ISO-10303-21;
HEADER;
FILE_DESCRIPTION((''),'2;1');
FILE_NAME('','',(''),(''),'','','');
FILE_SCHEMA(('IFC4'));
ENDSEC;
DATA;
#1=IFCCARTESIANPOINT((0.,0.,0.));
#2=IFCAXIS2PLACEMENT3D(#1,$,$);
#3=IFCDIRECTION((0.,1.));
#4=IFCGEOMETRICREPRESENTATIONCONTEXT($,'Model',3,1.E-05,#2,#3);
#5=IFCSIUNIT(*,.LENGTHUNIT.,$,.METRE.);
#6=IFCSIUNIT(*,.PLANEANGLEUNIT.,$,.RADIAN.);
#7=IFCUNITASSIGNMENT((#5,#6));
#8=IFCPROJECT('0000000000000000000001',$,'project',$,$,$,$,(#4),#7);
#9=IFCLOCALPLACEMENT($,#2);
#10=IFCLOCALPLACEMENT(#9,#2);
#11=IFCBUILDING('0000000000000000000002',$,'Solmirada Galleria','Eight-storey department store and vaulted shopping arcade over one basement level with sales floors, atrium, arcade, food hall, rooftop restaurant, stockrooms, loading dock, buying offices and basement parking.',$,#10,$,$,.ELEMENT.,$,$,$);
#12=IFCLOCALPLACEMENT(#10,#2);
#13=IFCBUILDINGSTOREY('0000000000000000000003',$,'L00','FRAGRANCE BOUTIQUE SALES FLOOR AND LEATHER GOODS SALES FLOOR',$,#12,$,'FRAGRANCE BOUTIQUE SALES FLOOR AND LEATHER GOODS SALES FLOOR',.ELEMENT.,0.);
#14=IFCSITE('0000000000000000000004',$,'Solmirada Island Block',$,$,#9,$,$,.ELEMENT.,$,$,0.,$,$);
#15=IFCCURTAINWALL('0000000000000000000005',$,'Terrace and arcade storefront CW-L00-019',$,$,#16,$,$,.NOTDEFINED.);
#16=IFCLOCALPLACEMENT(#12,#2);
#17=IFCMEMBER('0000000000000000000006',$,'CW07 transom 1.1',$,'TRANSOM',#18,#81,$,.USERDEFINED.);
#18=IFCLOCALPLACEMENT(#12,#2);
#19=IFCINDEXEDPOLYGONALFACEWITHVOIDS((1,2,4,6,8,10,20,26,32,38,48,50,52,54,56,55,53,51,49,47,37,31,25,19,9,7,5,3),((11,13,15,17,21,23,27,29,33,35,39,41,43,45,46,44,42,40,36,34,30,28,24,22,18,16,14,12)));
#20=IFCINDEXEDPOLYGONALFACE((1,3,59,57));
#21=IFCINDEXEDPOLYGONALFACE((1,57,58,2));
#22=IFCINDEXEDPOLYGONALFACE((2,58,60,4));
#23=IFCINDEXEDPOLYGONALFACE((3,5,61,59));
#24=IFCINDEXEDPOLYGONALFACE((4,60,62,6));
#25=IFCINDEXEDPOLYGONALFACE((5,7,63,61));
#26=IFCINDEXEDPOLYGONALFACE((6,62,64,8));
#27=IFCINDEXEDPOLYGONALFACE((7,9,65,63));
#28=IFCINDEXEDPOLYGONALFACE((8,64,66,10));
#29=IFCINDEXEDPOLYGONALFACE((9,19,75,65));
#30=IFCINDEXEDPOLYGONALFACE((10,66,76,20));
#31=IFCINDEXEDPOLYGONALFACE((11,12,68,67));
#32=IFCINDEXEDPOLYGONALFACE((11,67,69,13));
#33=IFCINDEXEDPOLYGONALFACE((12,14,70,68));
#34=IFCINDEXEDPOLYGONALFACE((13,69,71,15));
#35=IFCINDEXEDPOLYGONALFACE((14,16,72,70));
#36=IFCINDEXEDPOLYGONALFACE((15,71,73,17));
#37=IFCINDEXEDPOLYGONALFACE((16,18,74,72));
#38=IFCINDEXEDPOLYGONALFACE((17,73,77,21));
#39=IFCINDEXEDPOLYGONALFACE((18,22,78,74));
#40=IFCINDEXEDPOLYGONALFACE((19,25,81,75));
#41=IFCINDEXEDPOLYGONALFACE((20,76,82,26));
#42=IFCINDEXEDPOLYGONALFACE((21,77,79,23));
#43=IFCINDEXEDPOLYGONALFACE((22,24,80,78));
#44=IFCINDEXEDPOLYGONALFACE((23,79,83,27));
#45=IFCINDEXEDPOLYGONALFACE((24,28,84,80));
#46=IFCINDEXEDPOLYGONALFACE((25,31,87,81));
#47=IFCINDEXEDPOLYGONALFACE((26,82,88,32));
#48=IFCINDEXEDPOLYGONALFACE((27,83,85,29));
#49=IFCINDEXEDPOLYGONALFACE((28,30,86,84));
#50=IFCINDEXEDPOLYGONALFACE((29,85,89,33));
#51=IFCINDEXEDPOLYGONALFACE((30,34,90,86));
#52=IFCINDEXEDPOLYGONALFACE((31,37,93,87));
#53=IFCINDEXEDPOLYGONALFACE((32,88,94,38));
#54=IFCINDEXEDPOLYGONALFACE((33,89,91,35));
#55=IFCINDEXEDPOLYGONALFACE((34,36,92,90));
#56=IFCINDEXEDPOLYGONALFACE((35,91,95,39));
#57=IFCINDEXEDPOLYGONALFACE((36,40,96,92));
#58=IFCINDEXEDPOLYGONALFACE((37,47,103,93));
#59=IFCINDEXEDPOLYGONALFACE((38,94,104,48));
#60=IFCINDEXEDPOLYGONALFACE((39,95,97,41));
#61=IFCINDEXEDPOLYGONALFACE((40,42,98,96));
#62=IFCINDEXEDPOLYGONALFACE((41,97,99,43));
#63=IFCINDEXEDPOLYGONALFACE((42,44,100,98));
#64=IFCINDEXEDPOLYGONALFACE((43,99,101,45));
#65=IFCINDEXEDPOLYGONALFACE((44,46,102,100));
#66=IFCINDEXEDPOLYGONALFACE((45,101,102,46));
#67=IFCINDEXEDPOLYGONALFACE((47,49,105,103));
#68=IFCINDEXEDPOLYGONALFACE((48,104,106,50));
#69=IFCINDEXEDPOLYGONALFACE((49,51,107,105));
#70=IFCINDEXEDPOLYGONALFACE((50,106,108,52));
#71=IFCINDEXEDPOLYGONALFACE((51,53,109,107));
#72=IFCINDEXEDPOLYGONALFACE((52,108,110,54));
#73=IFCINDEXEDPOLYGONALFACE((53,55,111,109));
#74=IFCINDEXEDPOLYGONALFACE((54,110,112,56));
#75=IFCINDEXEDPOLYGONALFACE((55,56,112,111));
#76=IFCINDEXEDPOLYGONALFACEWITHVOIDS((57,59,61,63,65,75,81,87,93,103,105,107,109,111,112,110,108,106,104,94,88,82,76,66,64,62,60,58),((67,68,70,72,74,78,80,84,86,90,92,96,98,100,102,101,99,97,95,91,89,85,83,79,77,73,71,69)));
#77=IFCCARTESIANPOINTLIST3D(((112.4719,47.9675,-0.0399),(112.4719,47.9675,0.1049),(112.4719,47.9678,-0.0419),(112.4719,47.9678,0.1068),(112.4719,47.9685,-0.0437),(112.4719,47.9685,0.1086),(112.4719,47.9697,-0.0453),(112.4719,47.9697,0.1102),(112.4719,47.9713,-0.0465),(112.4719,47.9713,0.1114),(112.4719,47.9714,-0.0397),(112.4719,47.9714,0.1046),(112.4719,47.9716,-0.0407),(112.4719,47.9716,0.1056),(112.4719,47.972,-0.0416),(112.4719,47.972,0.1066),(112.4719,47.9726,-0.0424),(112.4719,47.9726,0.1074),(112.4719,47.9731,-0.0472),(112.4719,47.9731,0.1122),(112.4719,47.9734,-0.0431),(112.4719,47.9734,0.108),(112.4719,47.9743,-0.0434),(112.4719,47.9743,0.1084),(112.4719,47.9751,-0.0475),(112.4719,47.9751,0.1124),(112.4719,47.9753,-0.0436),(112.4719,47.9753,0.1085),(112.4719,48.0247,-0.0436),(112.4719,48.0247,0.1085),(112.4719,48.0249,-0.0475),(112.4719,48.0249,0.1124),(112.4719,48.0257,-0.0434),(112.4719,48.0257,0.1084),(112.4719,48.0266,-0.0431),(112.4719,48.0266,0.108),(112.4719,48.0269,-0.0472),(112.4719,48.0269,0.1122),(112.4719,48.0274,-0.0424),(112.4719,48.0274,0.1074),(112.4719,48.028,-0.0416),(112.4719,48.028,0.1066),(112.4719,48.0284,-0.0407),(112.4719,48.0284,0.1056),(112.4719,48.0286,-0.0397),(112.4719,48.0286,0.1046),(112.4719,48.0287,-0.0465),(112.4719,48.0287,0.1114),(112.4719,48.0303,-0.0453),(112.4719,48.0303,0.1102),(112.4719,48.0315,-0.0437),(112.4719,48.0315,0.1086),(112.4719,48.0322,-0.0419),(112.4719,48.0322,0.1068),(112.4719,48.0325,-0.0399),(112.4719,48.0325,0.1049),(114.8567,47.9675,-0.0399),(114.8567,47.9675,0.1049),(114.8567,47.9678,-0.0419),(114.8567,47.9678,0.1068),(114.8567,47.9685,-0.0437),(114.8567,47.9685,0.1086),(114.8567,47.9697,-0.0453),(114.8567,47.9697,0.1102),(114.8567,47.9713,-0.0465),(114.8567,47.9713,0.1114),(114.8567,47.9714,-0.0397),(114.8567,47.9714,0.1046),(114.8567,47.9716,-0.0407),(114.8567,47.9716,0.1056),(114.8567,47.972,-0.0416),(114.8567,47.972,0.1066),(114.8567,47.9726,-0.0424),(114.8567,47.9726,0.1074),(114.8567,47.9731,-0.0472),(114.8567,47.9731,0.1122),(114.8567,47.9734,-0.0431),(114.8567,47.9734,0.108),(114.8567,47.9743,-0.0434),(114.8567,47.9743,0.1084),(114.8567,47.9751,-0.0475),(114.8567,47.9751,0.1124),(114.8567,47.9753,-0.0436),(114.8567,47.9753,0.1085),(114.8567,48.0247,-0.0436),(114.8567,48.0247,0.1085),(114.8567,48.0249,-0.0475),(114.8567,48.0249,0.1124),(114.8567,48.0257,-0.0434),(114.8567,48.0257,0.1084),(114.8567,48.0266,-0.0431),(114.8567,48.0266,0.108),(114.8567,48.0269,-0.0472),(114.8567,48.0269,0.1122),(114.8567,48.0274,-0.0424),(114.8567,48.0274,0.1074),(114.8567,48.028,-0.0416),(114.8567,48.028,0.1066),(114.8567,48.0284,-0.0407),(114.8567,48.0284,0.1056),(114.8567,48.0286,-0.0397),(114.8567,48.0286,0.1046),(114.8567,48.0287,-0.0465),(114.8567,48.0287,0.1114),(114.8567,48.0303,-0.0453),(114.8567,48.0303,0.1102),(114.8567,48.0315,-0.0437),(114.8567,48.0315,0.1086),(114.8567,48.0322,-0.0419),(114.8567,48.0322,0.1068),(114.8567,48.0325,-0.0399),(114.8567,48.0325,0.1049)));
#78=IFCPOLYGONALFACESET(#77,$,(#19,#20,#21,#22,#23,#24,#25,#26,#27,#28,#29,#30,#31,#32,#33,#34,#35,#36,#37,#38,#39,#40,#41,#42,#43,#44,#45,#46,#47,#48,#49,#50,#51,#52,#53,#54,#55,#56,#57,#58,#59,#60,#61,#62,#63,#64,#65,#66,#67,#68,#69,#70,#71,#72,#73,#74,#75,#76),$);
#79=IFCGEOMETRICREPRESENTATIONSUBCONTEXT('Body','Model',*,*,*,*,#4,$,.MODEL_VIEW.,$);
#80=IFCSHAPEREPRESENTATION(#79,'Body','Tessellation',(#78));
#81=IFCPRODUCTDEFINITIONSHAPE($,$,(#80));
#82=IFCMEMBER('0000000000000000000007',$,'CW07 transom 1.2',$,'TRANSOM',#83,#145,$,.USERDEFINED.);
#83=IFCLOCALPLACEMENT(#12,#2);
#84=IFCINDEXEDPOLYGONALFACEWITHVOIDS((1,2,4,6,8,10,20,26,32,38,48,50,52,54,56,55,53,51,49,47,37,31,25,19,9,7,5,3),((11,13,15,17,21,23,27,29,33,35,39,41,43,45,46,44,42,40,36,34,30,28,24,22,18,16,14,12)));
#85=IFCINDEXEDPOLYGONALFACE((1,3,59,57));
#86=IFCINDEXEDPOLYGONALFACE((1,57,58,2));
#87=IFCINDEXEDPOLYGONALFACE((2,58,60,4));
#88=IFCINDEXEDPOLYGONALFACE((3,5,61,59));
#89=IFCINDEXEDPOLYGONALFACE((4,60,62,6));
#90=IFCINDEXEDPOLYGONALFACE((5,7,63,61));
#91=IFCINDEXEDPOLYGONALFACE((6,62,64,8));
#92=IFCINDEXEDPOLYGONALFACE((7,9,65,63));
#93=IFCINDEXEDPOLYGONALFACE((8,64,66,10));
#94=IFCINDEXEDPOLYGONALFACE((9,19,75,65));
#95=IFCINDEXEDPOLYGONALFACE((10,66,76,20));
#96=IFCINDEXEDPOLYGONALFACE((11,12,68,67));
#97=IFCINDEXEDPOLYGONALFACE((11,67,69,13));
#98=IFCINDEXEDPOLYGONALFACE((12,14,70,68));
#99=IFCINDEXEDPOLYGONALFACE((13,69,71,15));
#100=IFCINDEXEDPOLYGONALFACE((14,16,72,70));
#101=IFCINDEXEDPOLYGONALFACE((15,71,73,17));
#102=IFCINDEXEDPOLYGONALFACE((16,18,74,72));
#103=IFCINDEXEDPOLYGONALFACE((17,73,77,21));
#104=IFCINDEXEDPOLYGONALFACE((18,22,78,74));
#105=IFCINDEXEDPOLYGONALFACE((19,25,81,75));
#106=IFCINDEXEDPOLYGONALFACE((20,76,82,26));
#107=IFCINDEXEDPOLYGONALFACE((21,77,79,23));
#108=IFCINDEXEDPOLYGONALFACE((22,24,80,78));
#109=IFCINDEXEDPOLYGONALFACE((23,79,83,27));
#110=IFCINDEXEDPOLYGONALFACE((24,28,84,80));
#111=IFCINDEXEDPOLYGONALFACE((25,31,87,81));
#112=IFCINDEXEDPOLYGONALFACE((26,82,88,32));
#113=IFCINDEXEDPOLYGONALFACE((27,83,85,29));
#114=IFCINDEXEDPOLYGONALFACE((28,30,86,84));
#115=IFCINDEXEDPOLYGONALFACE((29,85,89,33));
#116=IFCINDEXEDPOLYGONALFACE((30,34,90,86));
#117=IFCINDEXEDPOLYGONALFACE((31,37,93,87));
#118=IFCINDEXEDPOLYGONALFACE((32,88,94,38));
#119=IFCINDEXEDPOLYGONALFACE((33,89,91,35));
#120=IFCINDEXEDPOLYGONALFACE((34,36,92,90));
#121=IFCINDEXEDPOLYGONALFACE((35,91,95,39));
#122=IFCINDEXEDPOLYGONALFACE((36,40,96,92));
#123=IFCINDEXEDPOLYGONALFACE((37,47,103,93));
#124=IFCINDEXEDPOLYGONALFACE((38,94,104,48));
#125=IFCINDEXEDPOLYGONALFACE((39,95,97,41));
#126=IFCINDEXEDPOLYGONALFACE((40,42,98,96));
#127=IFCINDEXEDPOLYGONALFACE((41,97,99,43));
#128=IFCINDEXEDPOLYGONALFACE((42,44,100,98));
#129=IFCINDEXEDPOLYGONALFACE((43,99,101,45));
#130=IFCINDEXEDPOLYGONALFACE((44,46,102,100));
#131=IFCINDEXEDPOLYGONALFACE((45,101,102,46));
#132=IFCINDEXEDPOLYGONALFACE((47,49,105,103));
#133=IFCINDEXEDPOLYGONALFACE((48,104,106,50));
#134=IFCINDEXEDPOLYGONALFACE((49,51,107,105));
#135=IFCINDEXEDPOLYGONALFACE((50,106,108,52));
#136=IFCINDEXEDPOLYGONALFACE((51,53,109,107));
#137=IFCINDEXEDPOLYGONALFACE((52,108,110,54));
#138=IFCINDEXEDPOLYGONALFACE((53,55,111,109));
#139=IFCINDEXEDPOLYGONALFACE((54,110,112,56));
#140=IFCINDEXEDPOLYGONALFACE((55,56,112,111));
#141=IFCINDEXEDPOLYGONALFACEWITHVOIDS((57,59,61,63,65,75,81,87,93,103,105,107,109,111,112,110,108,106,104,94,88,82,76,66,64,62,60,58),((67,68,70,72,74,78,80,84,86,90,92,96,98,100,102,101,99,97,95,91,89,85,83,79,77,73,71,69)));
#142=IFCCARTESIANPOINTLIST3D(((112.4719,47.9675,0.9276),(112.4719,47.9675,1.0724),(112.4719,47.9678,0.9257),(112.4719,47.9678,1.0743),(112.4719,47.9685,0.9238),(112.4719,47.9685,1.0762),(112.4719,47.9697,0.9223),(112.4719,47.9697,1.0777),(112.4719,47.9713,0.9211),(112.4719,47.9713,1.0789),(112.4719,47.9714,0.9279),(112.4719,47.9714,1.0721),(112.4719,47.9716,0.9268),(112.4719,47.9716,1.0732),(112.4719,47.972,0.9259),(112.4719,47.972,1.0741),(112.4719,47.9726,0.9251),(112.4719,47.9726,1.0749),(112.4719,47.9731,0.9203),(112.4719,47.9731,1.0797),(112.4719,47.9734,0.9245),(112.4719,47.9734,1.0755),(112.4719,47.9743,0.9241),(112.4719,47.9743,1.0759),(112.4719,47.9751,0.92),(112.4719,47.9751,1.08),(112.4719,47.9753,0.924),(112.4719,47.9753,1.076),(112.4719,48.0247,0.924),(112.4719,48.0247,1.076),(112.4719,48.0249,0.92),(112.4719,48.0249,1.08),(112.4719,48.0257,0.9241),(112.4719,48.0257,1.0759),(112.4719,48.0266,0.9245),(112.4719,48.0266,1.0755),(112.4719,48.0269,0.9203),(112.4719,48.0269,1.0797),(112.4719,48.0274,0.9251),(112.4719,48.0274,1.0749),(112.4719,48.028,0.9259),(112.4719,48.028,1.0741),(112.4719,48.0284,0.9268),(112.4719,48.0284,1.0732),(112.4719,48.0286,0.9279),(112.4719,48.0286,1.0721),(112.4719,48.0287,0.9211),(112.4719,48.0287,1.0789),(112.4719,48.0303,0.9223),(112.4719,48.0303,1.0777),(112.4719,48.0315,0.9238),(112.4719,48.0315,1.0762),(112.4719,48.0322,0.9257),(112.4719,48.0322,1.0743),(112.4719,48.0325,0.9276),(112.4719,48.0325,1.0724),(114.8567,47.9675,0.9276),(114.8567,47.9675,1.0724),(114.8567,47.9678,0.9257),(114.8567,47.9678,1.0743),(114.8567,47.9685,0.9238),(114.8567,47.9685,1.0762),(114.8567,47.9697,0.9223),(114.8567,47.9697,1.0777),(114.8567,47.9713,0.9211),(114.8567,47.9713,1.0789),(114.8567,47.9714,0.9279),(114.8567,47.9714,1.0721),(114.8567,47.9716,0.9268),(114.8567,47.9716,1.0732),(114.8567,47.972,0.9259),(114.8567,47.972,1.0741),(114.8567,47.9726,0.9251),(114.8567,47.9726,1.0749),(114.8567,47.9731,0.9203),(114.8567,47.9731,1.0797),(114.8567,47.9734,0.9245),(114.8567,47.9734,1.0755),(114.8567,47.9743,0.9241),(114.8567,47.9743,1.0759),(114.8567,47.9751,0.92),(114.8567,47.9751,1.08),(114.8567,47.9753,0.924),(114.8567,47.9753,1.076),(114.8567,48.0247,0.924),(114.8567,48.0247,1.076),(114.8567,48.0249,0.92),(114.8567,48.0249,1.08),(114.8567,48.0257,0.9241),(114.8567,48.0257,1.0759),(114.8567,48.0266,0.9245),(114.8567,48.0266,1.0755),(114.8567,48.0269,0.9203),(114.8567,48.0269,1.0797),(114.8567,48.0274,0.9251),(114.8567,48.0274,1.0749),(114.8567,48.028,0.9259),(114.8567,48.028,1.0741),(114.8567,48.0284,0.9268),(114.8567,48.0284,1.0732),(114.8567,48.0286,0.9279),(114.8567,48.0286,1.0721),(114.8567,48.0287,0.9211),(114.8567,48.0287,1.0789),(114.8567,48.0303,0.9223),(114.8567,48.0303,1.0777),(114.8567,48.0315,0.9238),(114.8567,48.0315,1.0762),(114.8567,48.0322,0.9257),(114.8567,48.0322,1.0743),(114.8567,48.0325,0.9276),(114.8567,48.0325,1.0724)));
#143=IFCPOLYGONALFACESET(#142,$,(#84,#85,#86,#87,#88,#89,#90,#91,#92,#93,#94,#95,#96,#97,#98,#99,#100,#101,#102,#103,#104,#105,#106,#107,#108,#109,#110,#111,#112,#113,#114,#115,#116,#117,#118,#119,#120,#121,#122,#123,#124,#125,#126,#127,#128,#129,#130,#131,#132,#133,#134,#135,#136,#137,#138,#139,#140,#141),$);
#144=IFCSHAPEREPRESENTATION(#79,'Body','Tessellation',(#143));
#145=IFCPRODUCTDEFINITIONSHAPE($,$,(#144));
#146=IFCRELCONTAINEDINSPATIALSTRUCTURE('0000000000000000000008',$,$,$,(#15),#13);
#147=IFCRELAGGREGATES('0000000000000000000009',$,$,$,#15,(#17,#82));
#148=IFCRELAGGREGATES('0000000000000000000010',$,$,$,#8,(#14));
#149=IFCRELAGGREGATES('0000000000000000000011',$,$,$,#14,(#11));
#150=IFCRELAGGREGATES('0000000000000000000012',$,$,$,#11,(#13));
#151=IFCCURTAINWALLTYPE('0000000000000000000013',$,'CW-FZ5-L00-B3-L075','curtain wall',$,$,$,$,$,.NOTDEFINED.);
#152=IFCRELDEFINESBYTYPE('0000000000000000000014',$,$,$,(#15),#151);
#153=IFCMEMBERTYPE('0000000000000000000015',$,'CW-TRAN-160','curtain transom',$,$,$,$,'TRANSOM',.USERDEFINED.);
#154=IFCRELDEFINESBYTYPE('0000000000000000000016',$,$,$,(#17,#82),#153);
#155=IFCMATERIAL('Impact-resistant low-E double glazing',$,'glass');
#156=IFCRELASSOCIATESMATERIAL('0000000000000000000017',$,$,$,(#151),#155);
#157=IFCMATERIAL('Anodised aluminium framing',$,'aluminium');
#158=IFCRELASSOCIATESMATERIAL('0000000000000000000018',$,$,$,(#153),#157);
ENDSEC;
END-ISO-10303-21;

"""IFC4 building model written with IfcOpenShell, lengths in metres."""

from ifc_helpers import new_model, si_unit, direction, frame, origin, origin_2d, place, context, subcontext, project, spatial, hollow_rectangle, extrude, material, material_profile, profile_set, type_object, element, aggregate, save


model = new_model("IFC4")

# Units and contexts
model_context = context("Model", 3, precision=1e-05, world=origin(), true_north=direction((0.0, 1.0)))
body_context = subcontext(model_context, "Body", "Model", "MODEL_VIEW")
ifc_project = project(units=[si_unit("LENGTHUNIT", "METRE"), si_unit("PLANEANGLEUNIT", "RADIAN")], contexts=[model_context])

# Site, building, storey
site_placement = place(None, origin())
site = spatial("IfcSite", under=ifc_project, at=site_placement, Name="Solmirada Island Block", CompositionType="ELEMENT", RefElevation=0.0)
building_placement = place(site_placement, origin())
building = spatial("IfcBuilding", under=site, at=building_placement, Name="Solmirada Galleria", Description="Eight-storey department store and vaulted shopping arcade over one basement level with sales floors, atrium, arcade, food hall, rooftop restaurant, stockrooms, loading dock, buying offices and basement parking.", CompositionType="ELEMENT")
storey_placement = place(building_placement, origin())
storey = spatial("IfcBuildingStorey", under=building, at=storey_placement, Name="L00", Description="FRAGRANCE BOUTIQUE SALES FLOOR AND LEATHER GOODS SALES FLOOR", LongName="FRAGRANCE BOUTIQUE SALES FLOOR AND LEATHER GOODS SALES FLOOR", CompositionType="ELEMENT", Elevation=0.0)

# Curtain wall, members
ifc_material_1 = material(Name="Impact-resistant low-E double glazing", Category="glass")
curtain_wall_type = type_object("IfcCurtainWallType", Name="CW-FZ5-L00-B3-L075", Description="curtain wall", PredefinedType="NOTDEFINED", material=ifc_material_1)
curtain_wall_placement = place(storey_placement, origin())
curtain_wall = element("IfcCurtainWall", 1, at=curtain_wall_placement, inside=storey, type_object=curtain_wall_type, Name="Terrace and arcade storefront CW-L00-019", PredefinedType="NOTDEFINED")
ifc_material_2 = material(Name="Anodised aluminium framing", Category="aluminium")
ifc_material_profile_1 = material_profile(ifc_material_2, hollow_rectangle(XDim=0.0649, YDim=0.1599, WallThickness=0.0039, InnerFilletRadius=0.0039, OuterFilletRadius=0.0076, at=origin_2d()), Name="ALU-TRAN-160X65")
ifc_profile_set_1 = profile_set([ifc_material_profile_1], Name="Anodised aluminium framing")
member_type_1 = type_object("IfcMemberType", Name="CW-TRAN-160", Description="curtain transom", ElementType="TRANSOM", PredefinedType="USERDEFINED", material=ifc_profile_set_1)
member_1_placement = place(storey_placement, frame((112.4719, 48.0, 0.0325), z_axis=(1.0, 0.0, 0.0), x_axis=(0.0, 1.0, 0.0)))
member_1 = element("IfcMember", 2, at=member_1_placement, type_object=member_type_1, Name="CW07 transom 1.1", ObjectType="TRANSOM", PredefinedType="USERDEFINED", context=body_context, shape_type="SweptSolid", body=[
    extrude(hollow_rectangle(XDim=0.0649, YDim=0.1599, WallThickness=0.0039, InnerFilletRadius=0.0039, OuterFilletRadius=0.0076, at=origin_2d()), origin(), (0.0, 0.0, 1.0), 2.3848),
])
member_2_placement = place(storey_placement, frame((112.4719, 48.0, 1.0), z_axis=(1.0, 0.0, 0.0), x_axis=(0.0, 1.0, 0.0)))
member_2 = element("IfcMember", 3, at=member_2_placement, type_object=member_type_1, Name="CW07 transom 1.2", ObjectType="TRANSOM", PredefinedType="USERDEFINED", context=body_context, shape_type="SweptSolid", body=[
    extrude(hollow_rectangle(XDim=0.0649, YDim=0.1599, WallThickness=0.0039, InnerFilletRadius=0.0039, OuterFilletRadius=0.0076, at=origin_2d()), origin(), (0.0, 0.0, 1.0), 2.3848),
])
aggregate(curtain_wall, [member_1, member_2])

save(model, "model.ifc")
